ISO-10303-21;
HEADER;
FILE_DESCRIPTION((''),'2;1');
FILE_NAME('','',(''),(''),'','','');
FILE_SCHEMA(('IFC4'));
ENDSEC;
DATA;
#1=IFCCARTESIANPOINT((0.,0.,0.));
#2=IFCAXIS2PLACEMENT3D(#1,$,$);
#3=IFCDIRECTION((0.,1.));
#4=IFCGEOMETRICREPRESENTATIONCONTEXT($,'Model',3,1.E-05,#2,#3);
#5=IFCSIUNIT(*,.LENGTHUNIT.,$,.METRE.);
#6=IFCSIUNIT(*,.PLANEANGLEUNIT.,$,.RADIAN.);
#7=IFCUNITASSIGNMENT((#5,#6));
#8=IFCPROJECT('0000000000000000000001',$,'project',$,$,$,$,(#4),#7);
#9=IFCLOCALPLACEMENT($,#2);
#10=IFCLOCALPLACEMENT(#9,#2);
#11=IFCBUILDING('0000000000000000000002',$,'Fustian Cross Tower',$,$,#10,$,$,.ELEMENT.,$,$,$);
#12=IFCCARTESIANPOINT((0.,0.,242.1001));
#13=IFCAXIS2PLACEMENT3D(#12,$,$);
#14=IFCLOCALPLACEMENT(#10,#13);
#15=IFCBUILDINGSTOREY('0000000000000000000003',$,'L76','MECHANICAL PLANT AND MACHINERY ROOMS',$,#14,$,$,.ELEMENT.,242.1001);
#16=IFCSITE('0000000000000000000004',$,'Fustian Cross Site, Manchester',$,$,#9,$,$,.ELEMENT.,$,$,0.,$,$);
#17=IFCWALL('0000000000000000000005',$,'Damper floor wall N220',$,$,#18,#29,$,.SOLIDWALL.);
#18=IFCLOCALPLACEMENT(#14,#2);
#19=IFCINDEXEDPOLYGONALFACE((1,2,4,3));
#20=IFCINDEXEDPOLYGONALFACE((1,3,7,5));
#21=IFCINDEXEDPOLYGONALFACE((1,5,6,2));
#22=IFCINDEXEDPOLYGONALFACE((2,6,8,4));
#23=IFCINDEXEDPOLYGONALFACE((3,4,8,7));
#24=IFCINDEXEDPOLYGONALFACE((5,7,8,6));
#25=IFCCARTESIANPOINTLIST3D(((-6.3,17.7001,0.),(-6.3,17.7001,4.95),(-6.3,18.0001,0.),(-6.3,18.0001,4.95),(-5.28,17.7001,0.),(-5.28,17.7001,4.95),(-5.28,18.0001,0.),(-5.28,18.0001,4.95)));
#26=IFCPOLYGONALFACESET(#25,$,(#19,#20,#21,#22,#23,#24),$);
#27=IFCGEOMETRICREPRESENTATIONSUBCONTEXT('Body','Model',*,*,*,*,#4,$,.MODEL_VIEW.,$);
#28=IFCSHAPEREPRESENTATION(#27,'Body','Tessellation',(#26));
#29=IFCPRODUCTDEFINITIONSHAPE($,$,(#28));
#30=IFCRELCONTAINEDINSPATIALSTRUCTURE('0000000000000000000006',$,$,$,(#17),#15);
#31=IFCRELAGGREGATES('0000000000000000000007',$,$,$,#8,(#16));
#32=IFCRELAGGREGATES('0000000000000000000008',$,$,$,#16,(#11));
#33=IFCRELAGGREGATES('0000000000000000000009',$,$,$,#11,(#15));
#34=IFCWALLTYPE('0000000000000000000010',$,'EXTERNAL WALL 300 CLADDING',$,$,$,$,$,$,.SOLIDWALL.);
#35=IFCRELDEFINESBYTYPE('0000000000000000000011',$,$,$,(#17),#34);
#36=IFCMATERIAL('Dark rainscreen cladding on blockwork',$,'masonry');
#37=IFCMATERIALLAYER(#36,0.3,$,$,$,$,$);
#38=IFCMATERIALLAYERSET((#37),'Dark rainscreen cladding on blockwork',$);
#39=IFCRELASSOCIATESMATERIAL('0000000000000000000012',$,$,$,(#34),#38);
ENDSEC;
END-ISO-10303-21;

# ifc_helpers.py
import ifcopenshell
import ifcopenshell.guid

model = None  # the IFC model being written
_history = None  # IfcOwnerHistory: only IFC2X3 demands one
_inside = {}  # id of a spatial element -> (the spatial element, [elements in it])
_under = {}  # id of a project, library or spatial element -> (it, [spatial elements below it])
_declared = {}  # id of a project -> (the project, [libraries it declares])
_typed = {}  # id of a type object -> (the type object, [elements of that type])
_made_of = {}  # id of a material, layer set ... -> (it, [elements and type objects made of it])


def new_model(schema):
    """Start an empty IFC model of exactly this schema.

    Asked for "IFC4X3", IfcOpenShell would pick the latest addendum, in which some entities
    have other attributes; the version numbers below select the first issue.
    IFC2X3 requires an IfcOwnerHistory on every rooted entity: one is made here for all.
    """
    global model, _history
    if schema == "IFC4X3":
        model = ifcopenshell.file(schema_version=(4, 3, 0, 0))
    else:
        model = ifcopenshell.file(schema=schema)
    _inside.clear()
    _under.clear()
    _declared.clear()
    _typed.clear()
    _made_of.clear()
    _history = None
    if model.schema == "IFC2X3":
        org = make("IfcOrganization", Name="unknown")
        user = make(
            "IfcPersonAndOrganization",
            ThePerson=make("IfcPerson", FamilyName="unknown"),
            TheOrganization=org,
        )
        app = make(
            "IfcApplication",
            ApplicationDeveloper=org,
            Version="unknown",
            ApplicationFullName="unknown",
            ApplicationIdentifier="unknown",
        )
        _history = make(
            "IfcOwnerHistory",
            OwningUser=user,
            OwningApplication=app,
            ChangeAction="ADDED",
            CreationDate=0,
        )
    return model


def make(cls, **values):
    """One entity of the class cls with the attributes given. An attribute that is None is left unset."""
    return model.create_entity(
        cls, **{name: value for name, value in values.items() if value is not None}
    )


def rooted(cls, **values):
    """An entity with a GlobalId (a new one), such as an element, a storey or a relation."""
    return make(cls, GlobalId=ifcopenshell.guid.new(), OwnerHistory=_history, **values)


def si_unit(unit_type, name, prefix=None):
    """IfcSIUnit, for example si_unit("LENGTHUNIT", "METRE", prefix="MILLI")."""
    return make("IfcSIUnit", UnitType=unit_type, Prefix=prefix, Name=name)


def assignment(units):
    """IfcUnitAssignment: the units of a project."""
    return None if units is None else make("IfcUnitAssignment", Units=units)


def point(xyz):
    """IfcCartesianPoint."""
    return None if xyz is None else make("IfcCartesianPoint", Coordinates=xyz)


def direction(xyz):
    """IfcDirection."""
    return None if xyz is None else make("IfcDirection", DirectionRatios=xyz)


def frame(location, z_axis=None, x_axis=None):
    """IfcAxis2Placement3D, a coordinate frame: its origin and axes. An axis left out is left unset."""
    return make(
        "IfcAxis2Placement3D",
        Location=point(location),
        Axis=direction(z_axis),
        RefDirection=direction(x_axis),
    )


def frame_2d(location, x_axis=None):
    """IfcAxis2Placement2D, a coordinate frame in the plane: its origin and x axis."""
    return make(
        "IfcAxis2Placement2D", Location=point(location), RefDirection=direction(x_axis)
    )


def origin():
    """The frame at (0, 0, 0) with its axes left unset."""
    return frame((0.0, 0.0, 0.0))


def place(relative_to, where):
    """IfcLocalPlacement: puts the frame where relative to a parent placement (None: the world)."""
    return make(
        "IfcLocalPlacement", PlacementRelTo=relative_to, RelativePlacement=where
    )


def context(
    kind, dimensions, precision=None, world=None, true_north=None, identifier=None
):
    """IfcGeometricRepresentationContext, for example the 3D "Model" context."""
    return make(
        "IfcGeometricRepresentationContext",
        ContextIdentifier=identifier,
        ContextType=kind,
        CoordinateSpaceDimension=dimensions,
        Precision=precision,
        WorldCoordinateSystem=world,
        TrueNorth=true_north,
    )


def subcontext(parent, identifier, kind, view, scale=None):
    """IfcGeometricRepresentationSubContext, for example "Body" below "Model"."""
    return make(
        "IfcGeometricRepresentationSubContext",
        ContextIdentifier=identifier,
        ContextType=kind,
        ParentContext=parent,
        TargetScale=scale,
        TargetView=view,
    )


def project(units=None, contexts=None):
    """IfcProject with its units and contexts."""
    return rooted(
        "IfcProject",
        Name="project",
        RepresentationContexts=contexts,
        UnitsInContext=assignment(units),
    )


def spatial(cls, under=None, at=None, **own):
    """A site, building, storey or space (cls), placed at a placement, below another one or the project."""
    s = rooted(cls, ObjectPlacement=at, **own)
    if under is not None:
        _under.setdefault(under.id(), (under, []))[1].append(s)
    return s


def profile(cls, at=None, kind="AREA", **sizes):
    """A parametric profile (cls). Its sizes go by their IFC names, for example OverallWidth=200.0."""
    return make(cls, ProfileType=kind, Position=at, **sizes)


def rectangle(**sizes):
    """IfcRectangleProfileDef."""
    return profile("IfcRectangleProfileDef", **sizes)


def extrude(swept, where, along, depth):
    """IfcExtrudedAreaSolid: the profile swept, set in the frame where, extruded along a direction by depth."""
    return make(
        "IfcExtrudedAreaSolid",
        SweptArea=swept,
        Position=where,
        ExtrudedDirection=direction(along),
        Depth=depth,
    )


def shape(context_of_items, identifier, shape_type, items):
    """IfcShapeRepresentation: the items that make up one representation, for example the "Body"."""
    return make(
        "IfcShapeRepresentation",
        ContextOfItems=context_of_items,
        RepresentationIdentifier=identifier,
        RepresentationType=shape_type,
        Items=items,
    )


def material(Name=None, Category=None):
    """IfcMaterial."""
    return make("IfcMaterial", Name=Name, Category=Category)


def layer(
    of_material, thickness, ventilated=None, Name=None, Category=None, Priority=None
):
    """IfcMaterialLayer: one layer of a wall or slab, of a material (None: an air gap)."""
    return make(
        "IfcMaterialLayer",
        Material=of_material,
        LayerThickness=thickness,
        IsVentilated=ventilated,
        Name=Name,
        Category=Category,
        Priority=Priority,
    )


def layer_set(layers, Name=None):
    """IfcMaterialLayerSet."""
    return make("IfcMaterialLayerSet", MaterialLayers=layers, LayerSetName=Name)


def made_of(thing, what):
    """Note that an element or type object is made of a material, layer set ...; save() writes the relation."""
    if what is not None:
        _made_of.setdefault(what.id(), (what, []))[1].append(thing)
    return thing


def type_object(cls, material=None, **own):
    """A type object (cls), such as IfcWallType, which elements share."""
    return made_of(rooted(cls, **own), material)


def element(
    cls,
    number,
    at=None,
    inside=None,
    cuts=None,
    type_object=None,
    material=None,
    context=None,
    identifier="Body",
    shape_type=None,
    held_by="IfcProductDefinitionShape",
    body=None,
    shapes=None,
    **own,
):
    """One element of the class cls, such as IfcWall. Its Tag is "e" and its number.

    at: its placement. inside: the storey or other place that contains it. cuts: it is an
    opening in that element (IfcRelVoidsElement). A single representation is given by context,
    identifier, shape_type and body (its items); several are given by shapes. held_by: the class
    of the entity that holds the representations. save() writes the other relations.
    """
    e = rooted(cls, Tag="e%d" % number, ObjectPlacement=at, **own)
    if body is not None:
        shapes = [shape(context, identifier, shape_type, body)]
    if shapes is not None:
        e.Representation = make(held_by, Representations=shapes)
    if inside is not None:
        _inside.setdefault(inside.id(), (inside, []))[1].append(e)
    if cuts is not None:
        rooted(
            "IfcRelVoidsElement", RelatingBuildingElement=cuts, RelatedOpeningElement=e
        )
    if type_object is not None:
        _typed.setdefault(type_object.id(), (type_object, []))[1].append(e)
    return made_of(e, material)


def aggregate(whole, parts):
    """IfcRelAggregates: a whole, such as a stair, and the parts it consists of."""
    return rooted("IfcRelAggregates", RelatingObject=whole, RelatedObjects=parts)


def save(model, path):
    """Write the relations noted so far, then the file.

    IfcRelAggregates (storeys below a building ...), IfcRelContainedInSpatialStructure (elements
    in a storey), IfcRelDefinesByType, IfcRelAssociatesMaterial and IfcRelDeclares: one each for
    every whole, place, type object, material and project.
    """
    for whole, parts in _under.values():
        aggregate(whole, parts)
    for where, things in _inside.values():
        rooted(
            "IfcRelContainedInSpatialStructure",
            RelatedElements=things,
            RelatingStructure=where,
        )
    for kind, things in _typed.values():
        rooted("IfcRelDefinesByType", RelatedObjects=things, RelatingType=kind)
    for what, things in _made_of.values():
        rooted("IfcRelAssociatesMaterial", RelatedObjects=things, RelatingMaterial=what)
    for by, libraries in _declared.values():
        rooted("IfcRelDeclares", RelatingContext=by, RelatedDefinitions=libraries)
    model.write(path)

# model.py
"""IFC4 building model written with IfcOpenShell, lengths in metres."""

from ifc_helpers import new_model, si_unit, direction, frame, frame_2d, origin, place, context, subcontext, project, spatial, rectangle, extrude, material, layer, layer_set, type_object, element, save


model = new_model("IFC4")

# Units and contexts
model_context = context("Model", 3, precision=1e-05, world=origin(), true_north=direction((0.0, 1.0)))
body_context = subcontext(model_context, "Body", "Model", "MODEL_VIEW")
ifc_project = project(units=[si_unit("LENGTHUNIT", "METRE"), si_unit("PLANEANGLEUNIT", "RADIAN")], contexts=[model_context])

# Site, building, storey
site_placement = place(None, origin())
site = spatial("IfcSite", under=ifc_project, at=site_placement, Name="Fustian Cross Site, Manchester", CompositionType="ELEMENT", RefElevation=0.0)
building_placement = place(site_placement, origin())
building = spatial("IfcBuilding", under=site, at=building_placement, Name="Fustian Cross Tower", CompositionType="ELEMENT")
storey_placement = place(building_placement, frame((0.0, 0.0, 242.1001)))
storey = spatial("IfcBuildingStorey", under=building, at=storey_placement, Name="L76", Description="MECHANICAL PLANT AND MACHINERY ROOMS", CompositionType="ELEMENT", Elevation=242.1001)

# Wall
ifc_material_1 = material(Name="Dark rainscreen cladding on blockwork", Category="masonry")
ifc_layer_1 = layer(ifc_material_1, 0.3)
ifc_layer_set_1 = layer_set([ifc_layer_1], Name="Dark rainscreen cladding on blockwork")
wall_type = type_object("IfcWallType", Name="EXTERNAL WALL 300 CLADDING", PredefinedType="SOLIDWALL", material=ifc_layer_set_1)
wall_placement = place(storey_placement, frame((-5.28, 17.8501, 0.0), z_axis=(0.0, 0.0, 1.0), x_axis=(-1.0, 0.0, 0.0)))
element("IfcWall", 1, at=wall_placement, inside=storey, type_object=wall_type, Name="Damper floor wall N220", PredefinedType="SOLIDWALL", context=body_context, shape_type="SweptSolid", body=[
    extrude(rectangle(XDim=1.02, YDim=0.3, at=frame_2d((0.51, 0.0))), origin(), (0.0, 0.0, 1.0), 4.95),
])

save(model, "model.ifc")
